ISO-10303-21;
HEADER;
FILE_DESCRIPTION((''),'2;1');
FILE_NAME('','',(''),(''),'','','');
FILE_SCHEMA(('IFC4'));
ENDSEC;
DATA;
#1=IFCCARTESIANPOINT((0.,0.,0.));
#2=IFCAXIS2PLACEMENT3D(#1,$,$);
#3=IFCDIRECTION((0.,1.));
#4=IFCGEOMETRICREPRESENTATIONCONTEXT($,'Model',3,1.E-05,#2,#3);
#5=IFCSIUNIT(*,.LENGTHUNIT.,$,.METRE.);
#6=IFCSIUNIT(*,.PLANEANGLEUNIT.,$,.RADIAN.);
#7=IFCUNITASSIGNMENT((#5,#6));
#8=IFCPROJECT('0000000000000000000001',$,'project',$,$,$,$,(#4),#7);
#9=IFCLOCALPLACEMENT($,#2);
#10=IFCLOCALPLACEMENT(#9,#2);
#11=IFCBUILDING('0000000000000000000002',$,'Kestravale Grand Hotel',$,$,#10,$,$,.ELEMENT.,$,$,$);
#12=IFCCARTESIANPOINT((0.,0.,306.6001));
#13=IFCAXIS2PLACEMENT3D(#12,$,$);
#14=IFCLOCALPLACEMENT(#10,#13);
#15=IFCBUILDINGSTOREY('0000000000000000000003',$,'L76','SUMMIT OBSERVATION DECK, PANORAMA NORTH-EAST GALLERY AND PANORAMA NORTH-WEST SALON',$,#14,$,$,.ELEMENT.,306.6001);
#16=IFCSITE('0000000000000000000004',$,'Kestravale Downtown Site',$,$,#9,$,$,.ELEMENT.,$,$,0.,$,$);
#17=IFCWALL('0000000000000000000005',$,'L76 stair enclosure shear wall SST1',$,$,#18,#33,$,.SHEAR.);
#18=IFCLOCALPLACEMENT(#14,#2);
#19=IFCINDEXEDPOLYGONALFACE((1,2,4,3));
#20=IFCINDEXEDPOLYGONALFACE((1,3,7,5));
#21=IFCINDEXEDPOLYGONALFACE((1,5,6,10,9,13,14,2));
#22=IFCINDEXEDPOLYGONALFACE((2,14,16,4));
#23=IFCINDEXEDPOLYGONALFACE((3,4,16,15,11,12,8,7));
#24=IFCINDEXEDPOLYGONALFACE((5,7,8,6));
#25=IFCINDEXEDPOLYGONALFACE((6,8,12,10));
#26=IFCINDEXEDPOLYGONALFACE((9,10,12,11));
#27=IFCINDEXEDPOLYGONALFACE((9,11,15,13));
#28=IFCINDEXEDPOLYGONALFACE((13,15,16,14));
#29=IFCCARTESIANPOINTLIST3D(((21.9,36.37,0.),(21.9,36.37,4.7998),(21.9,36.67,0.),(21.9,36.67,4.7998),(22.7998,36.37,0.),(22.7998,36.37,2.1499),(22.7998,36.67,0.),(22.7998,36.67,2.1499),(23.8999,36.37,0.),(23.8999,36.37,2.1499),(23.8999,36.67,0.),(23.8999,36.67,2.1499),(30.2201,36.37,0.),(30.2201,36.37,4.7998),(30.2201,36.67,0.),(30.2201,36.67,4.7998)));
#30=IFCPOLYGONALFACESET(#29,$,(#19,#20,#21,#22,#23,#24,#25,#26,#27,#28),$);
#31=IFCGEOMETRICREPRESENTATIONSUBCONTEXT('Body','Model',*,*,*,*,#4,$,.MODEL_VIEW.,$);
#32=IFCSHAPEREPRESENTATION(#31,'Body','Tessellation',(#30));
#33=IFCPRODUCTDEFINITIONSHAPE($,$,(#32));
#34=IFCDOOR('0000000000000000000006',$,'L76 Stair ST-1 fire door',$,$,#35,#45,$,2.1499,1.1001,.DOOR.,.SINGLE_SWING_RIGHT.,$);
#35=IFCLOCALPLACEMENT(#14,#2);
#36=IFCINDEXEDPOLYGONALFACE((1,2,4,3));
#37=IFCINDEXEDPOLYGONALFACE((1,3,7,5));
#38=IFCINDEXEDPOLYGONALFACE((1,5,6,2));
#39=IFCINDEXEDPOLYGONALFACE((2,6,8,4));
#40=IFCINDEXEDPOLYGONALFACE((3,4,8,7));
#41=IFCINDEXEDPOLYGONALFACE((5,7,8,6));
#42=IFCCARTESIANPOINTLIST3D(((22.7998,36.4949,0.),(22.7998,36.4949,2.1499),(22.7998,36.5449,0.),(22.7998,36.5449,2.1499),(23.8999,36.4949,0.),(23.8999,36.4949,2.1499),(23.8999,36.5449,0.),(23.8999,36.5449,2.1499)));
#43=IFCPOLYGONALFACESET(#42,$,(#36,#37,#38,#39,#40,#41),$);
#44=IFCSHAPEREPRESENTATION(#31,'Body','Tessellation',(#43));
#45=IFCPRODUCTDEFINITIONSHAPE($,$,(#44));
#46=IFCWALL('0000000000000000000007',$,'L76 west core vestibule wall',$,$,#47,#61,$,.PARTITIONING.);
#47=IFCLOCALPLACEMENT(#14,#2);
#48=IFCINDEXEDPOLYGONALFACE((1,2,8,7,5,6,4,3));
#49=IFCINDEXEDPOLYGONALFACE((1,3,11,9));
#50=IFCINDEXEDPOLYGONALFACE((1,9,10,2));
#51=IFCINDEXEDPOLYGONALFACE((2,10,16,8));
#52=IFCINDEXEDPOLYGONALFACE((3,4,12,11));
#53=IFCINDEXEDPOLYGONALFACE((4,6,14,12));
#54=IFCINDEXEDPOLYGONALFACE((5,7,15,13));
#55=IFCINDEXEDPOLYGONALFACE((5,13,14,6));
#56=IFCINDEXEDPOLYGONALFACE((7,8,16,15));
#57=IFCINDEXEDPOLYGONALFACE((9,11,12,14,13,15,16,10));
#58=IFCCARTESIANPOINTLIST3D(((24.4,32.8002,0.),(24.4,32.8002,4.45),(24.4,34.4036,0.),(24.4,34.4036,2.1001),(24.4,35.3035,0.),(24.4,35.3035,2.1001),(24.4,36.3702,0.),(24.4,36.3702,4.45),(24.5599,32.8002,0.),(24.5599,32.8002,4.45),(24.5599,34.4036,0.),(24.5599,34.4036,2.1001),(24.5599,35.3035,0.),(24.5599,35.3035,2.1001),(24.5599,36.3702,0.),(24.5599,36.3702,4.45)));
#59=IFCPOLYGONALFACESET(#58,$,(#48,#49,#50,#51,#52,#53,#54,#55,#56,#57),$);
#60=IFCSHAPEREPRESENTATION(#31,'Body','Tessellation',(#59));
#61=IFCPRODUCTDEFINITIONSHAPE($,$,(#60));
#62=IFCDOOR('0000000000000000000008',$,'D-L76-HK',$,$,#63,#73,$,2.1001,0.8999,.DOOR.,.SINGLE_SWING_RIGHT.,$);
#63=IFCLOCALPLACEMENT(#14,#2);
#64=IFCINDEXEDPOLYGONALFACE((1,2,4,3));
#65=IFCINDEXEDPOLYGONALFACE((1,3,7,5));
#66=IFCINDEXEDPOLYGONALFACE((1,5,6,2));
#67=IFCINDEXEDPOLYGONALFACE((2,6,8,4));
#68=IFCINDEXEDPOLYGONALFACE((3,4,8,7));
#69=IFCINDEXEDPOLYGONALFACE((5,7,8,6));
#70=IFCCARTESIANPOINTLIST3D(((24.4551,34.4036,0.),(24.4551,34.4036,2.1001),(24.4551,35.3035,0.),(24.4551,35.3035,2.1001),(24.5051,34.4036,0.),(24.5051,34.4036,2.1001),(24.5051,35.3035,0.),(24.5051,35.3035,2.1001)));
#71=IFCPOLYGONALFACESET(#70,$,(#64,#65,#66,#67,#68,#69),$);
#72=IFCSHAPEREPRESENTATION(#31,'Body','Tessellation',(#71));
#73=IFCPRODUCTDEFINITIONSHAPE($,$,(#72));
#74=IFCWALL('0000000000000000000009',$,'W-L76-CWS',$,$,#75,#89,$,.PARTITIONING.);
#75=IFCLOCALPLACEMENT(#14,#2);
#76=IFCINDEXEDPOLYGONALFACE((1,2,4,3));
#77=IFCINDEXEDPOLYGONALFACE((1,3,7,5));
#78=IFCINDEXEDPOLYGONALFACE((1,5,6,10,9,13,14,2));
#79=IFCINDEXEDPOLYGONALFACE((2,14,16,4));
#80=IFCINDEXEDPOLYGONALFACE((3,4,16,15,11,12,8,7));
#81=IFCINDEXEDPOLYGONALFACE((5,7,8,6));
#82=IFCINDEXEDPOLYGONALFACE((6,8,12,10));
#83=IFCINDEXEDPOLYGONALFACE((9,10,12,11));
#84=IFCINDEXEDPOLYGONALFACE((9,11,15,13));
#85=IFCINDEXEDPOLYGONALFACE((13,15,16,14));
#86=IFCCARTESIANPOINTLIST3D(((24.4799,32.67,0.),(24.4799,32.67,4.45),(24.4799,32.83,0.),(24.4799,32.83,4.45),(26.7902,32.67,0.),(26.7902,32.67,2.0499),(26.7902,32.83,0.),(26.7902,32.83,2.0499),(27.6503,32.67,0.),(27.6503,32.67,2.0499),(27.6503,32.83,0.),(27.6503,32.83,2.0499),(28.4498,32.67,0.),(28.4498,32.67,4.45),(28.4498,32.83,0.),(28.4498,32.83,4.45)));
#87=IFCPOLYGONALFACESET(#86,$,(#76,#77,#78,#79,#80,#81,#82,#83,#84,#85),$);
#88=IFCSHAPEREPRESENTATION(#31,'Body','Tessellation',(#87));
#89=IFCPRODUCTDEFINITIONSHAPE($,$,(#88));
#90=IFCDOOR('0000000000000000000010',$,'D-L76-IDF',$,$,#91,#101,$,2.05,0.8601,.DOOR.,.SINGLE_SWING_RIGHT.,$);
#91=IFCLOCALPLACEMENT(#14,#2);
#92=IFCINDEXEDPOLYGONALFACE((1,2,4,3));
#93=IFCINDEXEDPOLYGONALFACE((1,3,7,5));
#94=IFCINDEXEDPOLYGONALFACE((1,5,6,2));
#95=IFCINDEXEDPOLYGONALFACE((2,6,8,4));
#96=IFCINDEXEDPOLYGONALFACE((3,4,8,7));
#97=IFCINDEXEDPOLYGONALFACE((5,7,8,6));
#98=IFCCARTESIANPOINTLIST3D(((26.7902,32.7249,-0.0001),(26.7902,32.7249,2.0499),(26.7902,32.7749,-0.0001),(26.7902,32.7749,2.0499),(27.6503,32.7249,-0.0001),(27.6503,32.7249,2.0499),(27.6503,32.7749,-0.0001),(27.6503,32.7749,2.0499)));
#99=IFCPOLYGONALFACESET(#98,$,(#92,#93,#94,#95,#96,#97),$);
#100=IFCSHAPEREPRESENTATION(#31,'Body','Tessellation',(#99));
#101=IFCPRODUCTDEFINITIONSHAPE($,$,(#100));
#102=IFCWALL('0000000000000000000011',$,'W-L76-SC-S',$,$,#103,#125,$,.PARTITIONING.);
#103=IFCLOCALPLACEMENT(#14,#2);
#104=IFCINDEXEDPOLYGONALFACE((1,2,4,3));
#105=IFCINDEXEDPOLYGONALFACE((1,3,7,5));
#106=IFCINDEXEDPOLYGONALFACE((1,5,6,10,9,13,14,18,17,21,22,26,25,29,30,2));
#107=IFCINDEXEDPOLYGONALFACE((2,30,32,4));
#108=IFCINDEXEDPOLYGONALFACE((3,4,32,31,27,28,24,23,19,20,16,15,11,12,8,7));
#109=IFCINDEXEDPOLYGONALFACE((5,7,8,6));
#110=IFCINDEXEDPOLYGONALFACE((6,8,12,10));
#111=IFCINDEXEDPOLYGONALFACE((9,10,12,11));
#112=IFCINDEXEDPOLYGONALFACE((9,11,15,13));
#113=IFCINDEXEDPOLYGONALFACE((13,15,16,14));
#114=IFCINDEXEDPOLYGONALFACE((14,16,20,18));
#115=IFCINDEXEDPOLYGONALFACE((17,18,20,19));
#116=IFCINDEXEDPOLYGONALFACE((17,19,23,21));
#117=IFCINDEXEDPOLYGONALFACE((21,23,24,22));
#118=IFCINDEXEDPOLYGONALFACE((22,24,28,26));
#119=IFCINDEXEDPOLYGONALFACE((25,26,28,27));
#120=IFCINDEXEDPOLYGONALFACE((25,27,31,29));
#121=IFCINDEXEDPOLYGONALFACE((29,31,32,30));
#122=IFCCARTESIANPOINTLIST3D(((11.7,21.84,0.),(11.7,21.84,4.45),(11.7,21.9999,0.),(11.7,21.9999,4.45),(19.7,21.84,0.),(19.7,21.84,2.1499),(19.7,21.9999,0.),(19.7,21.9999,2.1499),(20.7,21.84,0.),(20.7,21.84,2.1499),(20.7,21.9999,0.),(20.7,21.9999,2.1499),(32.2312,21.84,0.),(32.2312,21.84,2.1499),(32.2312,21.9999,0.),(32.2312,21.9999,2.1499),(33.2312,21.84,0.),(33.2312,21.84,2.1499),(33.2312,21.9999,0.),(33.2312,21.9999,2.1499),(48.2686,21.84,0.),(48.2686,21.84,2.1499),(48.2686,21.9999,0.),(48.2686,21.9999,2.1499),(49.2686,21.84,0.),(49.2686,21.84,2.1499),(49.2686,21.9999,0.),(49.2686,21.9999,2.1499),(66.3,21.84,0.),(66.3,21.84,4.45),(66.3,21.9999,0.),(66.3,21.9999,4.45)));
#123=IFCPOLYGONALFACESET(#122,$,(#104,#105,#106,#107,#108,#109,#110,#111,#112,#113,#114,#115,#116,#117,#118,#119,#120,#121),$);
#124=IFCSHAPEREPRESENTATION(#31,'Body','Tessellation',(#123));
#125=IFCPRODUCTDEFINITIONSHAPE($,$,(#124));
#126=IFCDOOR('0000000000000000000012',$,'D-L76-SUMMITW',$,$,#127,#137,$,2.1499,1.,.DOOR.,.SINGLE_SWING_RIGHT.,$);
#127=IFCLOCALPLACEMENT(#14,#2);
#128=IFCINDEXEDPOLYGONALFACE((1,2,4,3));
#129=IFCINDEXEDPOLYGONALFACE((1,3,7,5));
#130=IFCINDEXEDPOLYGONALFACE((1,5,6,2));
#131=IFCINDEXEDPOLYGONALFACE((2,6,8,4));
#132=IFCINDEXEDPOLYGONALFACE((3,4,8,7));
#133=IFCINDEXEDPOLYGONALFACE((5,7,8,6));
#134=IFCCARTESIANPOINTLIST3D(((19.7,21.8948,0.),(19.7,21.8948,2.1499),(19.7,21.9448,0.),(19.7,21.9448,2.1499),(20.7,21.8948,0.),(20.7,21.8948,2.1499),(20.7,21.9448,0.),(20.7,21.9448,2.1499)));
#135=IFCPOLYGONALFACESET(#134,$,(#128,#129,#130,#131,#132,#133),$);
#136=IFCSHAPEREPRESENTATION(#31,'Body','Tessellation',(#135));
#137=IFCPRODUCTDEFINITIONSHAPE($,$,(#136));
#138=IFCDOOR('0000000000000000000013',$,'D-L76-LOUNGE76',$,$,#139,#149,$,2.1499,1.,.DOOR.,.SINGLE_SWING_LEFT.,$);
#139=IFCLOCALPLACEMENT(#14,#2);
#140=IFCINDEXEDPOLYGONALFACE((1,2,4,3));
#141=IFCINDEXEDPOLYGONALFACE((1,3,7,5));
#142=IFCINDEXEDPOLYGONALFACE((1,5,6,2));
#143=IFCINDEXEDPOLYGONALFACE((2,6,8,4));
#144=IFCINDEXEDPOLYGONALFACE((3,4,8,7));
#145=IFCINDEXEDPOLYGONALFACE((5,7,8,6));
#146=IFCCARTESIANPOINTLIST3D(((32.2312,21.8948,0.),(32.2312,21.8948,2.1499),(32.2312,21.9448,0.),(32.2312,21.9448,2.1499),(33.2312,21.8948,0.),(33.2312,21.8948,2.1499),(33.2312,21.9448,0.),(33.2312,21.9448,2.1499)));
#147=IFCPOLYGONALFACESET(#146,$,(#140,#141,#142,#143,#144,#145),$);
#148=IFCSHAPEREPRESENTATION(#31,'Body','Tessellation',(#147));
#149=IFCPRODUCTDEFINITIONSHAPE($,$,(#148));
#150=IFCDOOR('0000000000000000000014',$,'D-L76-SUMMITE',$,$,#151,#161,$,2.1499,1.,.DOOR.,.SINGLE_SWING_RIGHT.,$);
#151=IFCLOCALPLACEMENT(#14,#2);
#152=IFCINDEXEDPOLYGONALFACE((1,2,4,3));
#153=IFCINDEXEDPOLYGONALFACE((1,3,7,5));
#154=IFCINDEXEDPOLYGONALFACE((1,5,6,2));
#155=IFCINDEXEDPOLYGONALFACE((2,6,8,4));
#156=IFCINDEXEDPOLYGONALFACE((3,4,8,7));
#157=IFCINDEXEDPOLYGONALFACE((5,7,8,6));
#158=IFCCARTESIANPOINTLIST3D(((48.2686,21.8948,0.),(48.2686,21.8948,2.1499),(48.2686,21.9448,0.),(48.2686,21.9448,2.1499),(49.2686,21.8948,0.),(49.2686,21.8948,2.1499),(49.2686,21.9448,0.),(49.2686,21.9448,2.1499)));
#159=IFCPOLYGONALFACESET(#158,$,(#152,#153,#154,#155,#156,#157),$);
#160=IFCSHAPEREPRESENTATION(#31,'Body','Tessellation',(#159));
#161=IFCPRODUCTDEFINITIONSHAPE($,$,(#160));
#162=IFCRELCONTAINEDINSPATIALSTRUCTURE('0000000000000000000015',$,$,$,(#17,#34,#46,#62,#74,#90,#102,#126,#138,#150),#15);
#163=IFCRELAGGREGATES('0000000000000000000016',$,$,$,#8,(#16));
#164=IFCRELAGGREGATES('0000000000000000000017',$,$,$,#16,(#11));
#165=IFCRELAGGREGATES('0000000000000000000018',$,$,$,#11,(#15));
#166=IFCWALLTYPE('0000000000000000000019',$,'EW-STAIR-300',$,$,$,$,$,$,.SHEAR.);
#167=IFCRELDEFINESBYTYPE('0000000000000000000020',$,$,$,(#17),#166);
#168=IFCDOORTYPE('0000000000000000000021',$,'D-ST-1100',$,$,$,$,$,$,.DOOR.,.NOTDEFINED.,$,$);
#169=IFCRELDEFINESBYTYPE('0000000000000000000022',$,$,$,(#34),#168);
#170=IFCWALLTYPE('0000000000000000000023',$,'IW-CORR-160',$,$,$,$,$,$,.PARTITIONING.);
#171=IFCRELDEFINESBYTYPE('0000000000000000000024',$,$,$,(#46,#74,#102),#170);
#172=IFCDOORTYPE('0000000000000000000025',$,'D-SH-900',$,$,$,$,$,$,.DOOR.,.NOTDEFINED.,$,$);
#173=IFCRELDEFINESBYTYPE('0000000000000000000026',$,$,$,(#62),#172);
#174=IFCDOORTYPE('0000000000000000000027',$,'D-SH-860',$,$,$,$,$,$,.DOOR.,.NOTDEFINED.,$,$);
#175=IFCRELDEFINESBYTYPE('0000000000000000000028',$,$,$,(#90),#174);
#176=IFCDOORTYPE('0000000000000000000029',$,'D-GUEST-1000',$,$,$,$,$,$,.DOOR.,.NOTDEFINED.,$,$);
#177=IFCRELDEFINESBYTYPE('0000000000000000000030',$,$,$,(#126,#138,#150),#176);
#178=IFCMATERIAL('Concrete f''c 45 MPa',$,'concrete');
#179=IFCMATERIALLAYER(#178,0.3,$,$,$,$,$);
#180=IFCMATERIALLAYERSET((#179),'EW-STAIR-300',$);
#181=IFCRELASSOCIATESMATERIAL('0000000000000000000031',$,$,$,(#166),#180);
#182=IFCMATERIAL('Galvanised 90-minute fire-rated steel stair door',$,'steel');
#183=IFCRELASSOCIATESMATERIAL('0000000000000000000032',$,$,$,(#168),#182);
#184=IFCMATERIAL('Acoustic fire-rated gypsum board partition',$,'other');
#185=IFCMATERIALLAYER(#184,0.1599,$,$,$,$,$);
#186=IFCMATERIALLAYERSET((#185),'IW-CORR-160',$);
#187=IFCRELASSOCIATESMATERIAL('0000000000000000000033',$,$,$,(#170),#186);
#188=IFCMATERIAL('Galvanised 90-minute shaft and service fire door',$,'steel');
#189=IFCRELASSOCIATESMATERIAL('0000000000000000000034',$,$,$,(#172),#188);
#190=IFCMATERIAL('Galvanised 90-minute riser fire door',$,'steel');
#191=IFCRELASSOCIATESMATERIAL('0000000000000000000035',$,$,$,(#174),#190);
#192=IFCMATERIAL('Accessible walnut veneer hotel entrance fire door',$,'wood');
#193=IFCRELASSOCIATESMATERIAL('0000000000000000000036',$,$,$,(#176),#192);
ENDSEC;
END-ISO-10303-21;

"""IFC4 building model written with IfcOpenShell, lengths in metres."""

from ifc_helpers import new_model, si_unit, direction, frame, frame_2d, origin, place, context, subcontext, project, spatial, rectangle, extrude, material, layer, layer_set, type_object, element, fill, save


model = new_model("IFC4")

# Units and contexts
model_context = context("Model", 3, precision=1e-05, world=origin(), true_north=direction((0.0, 1.0)))
body_context = subcontext(model_context, "Body", "Model", "MODEL_VIEW")
ifc_project = project(units=[si_unit("LENGTHUNIT", "METRE"), si_unit("PLANEANGLEUNIT", "RADIAN")], contexts=[model_context])

# Site, building, storey
site_placement = place(None, origin())
site = spatial("IfcSite", under=ifc_project, at=site_placement, Name="Kestravale Downtown Site", CompositionType="ELEMENT", RefElevation=0.0)
building_placement = place(site_placement, origin())
building = spatial("IfcBuilding", under=site, at=building_placement, Name="Kestravale Grand Hotel", CompositionType="ELEMENT")
storey_placement = place(building_placement, frame((0.0, 0.0, 306.6001)))
storey = spatial("IfcBuildingStorey", under=building, at=storey_placement, Name="L76", Description="SUMMIT OBSERVATION DECK, PANORAMA NORTH-EAST GALLERY AND PANORAMA NORTH-WEST SALON", CompositionType="ELEMENT", Elevation=306.6001)

# Walls, openings, doors
ifc_material_1 = material(Name="Concrete f'c 45 MPa", Category="concrete")
ifc_layer_1 = layer(ifc_material_1, 0.3)
ifc_layer_set_1 = layer_set([ifc_layer_1], Name="EW-STAIR-300")
wall_type_1 = type_object("IfcWallType", Name="EW-STAIR-300", PredefinedType="SHEAR", material=ifc_layer_set_1)
wall_1_placement = place(storey_placement, frame((21.8999, 36.52, 0.0), z_axis=(0.0, 0.0, 1.0), x_axis=(1.0, 0.0, 0.0)))
wall_1 = element("IfcWall", 1, at=wall_1_placement, inside=storey, type_object=wall_type_1, Name="L76 stair enclosure shear wall SST1", PredefinedType="SHEAR", context=body_context, shape_type="SweptSolid", body=[
    extrude(rectangle(XDim=8.3201, YDim=0.3, at=frame_2d((4.1602, 0.0))), origin(), (0.0, 0.0, 1.0), 4.7998),
])
opening_1_placement = place(wall_1_placement, frame((0.8999, 0.0, 0.0)))
opening_1 = element("IfcOpeningElement", 2, at=opening_1_placement, cuts=wall_1, PredefinedType="OPENING", context=body_context, shape_type="SweptSolid", body=[
    extrude(rectangle(XDim=1.1001, YDim=2.1499, at=frame_2d((0.55, 1.075))), frame((0.0, 0.1599, 0.0), z_axis=(0.0, -1.0, 0.0), x_axis=(1.0, 0.0, 0.0)), (0.0, 0.0, 1.0), 0.3201),
])
ifc_material_2 = material(Name="Galvanised 90-minute fire-rated steel stair door", Category="steel")
door_type_1 = type_object("IfcDoorType", Name="D-ST-1100", OperationType="NOTDEFINED", PredefinedType="DOOR", material=ifc_material_2)
door_1_placement = place(opening_1_placement, origin())
door_1 = element("IfcDoor", 3, at=door_1_placement, inside=storey, type_object=door_type_1, Name="L76 Stair ST-1 fire door", OperationType="SINGLE_SWING_RIGHT", OverallHeight=2.1499, OverallWidth=1.1001, PredefinedType="DOOR", context=body_context, shape_type="SweptSolid", body=[
    extrude(rectangle(XDim=1.1001, YDim=2.1499, at=frame_2d((0.55, 1.075))), frame((0.0, 0.0249, 0.0), z_axis=(0.0, -1.0, 0.0), x_axis=(1.0, 0.0, 0.0)), (0.0, 0.0, 1.0), 0.05),
])
fill(opening_1, door_1)
ifc_material_3 = material(Name="Acoustic fire-rated gypsum board partition", Category="other")
ifc_layer_2 = layer(ifc_material_3, 0.1599)
ifc_layer_set_2 = layer_set([ifc_layer_2], Name="IW-CORR-160")
wall_type_2 = type_object("IfcWallType", Name="IW-CORR-160", PredefinedType="PARTITIONING", material=ifc_layer_set_2)
wall_2_placement = place(storey_placement, frame((24.48, 32.8, 0.0), z_axis=(0.0, 0.0, 1.0), x_axis=(0.0, 1.0, 0.0)))
wall_2 = element("IfcWall", 4, at=wall_2_placement, inside=storey, type_object=wall_type_2, Name="L76 west core vestibule wall", PredefinedType="PARTITIONING", context=body_context, shape_type="SweptSolid", body=[
    extrude(rectangle(XDim=3.5701, YDim=0.1599, at=frame_2d((1.7852, 0.0))), origin(), (0.0, 0.0, 1.0), 4.45),
])
opening_2_placement = place(wall_2_placement, frame((1.6035, 0.0, 0.0)))
opening_2 = element("IfcOpeningElement", 5, at=opening_2_placement, cuts=wall_2, PredefinedType="OPENING", context=body_context, shape_type="SweptSolid", body=[
    extrude(rectangle(XDim=0.8999, YDim=2.1001, at=frame_2d((0.45, 1.05))), frame((0.0, 0.0898, 0.0), z_axis=(0.0, -1.0, 0.0), x_axis=(1.0, 0.0, 0.0)), (0.0, 0.0, 1.0), 0.1799),
])
ifc_material_4 = material(Name="Galvanised 90-minute shaft and service fire door", Category="steel")
door_type_2 = type_object("IfcDoorType", Name="D-SH-900", OperationType="NOTDEFINED", PredefinedType="DOOR", material=ifc_material_4)
door_2_placement = place(opening_2_placement, origin())
door_2 = element("IfcDoor", 6, at=door_2_placement, inside=storey, type_object=door_type_2, Name="D-L76-HK", OperationType="SINGLE_SWING_RIGHT", OverallHeight=2.1001, OverallWidth=0.8999, PredefinedType="DOOR", context=body_context, shape_type="SweptSolid", body=[
    extrude(rectangle(XDim=0.8999, YDim=2.1001, at=frame_2d((0.45, 1.05))), frame((0.0, 0.0249, 0.0), z_axis=(0.0, -1.0, 0.0), x_axis=(1.0, 0.0, 0.0)), (0.0, 0.0, 1.0), 0.05),
])
fill(opening_2, door_2)
wall_3_placement = place(storey_placement, frame((24.48, 32.75, 0.0), z_axis=(0.0, 0.0, 1.0), x_axis=(1.0, 0.0, 0.0)))
wall_3 = element("IfcWall", 7, at=wall_3_placement, inside=storey, type_object=wall_type_2, Name="W-L76-CWS", PredefinedType="PARTITIONING", context=body_context, shape_type="SweptSolid", body=[
    extrude(rectangle(XDim=3.97, YDim=0.1599, at=frame_2d((1.9849, 0.0))), origin(), (0.0, 0.0, 1.0), 4.45),
])
opening_3_placement = place(wall_3_placement, frame((2.3101, 0.0, 0.0)))
opening_3 = element("IfcOpeningElement", 8, at=opening_3_placement, cuts=wall_3, PredefinedType="OPENING", context=body_context, shape_type="SweptSolid", body=[
    extrude(rectangle(XDim=0.8601, YDim=2.05, at=frame_2d((0.4302, 1.0249))), frame((0.0, 0.0898, 0.0), z_axis=(0.0, -1.0, 0.0), x_axis=(1.0, 0.0, 0.0)), (0.0, 0.0, 1.0), 0.1799),
])
ifc_material_5 = material(Name="Galvanised 90-minute riser fire door", Category="steel")
door_type_3 = type_object("IfcDoorType", Name="D-SH-860", OperationType="NOTDEFINED", PredefinedType="DOOR", material=ifc_material_5)
door_3_placement = place(opening_3_placement, origin())
door_3 = element("IfcDoor", 9, at=door_3_placement, inside=storey, type_object=door_type_3, Name="D-L76-IDF", OperationType="SINGLE_SWING_RIGHT", OverallHeight=2.05, OverallWidth=0.8601, PredefinedType="DOOR", context=body_context, shape_type="SweptSolid", body=[
    extrude(rectangle(XDim=0.8601, YDim=2.05, at=frame_2d((0.4302, 1.0249))), frame((0.0, 0.0249, 0.0), z_axis=(0.0, -1.0, 0.0), x_axis=(1.0, 0.0, 0.0)), (0.0, 0.0, 1.0), 0.05),
])
fill(opening_3, door_3)

# Wall, openings, doors
wall_4_placement = place(storey_placement, frame((11.7, 21.9199, 0.0), z_axis=(0.0, 0.0, 1.0), x_axis=(1.0, 0.0, 0.0)))
wall_4 = element("IfcWall", 10, at=wall_4_placement, inside=storey, type_object=wall_type_2, Name="W-L76-SC-S", PredefinedType="PARTITIONING", context=body_context, shape_type="SweptSolid", body=[
    extrude(rectangle(XDim=54.6001, YDim=0.1599, at=frame_2d((27.3, 0.0))), origin(), (0.0, 0.0, 1.0), 4.45),
])
opening_4_placement = place(wall_4_placement, frame((8.0, 0.0, 0.0)))
opening_4 = element("IfcOpeningElement", 11, at=opening_4_placement, cuts=wall_4, PredefinedType="OPENING", context=body_context, shape_type="SweptSolid", body=[
    extrude(rectangle(XDim=1.0, YDim=2.1499, at=frame_2d((0.5, 1.075))), frame((0.0, 0.0898, 0.0), z_axis=(0.0, -1.0, 0.0), x_axis=(1.0, 0.0, 0.0)), (0.0, 0.0, 1.0), 0.1799),
])
opening_5_placement = place(wall_4_placement, frame((20.5312, 0.0, 0.0)))
opening_5 = element("IfcOpeningElement", 12, at=opening_5_placement, cuts=wall_4, PredefinedType="OPENING", context=body_context, shape_type="SweptSolid", body=[
    extrude(rectangle(XDim=1.0, YDim=2.1499, at=frame_2d((0.5, 1.075))), frame((0.0, 0.0898, 0.0), z_axis=(0.0, -1.0, 0.0), x_axis=(1.0, 0.0, 0.0)), (0.0, 0.0, 1.0), 0.1799),
])
opening_6_placement = place(wall_4_placement, frame((36.5686, 0.0, 0.0)))
opening_6 = element("IfcOpeningElement", 13, at=opening_6_placement, cuts=wall_4, PredefinedType="OPENING", context=body_context, shape_type="SweptSolid", body=[
    extrude(rectangle(XDim=1.0, YDim=2.1499, at=frame_2d((0.5, 1.075))), frame((0.0, 0.0898, 0.0), z_axis=(0.0, -1.0, 0.0), x_axis=(1.0, 0.0, 0.0)), (0.0, 0.0, 1.0), 0.1799),
])
ifc_material_6 = material(Name="Accessible walnut veneer hotel entrance fire door", Category="wood")
door_type_4 = type_object("IfcDoorType", Name="D-GUEST-1000", OperationType="NOTDEFINED", PredefinedType="DOOR", material=ifc_material_6)
door_4_placement = place(opening_4_placement, origin())
door_4 = element("IfcDoor", 14, at=door_4_placement, inside=storey, type_object=door_type_4, Name="D-L76-SUMMITW", OperationType="SINGLE_SWING_RIGHT", OverallHeight=2.1499, OverallWidth=1.0, PredefinedType="DOOR", context=body_context, shape_type="SweptSolid", body=[
    extrude(rectangle(XDim=1.0, YDim=2.1499, at=frame_2d((0.5, 1.075))), frame((0.0, 0.0249, 0.0), z_axis=(0.0, -1.0, 0.0), x_axis=(1.0, 0.0, 0.0)), (0.0, 0.0, 1.0), 0.05),
])
fill(opening_4, door_4)
door_5_placement = place(opening_5_placement, origin())
door_5 = element("IfcDoor", 15, at=door_5_placement, inside=storey, type_object=door_type_4, Name="D-L76-LOUNGE76", OperationType="SINGLE_SWING_LEFT", OverallHeight=2.1499, OverallWidth=1.0, PredefinedType="DOOR", context=body_context, shape_type="SweptSolid", body=[
    extrude(rectangle(XDim=1.0, YDim=2.1499, at=frame_2d((0.5, 1.075))), frame((0.0, 0.0249, 0.0), z_axis=(0.0, -1.0, 0.0), x_axis=(1.0, 0.0, 0.0)), (0.0, 0.0, 1.0), 0.05),
])
fill(opening_5, door_5)
door_6_placement = place(opening_6_placement, origin())
door_6 = element("IfcDoor", 16, at=door_6_placement, inside=storey, type_object=door_type_4, Name="D-L76-SUMMITE", OperationType="SINGLE_SWING_RIGHT", OverallHeight=2.1499, OverallWidth=1.0, PredefinedType="DOOR", context=body_context, shape_type="SweptSolid", body=[
    extrude(rectangle(XDim=1.0, YDim=2.1499, at=frame_2d((0.5, 1.075))), frame((0.0, 0.0249, 0.0), z_axis=(0.0, -1.0, 0.0), x_axis=(1.0, 0.0, 0.0)), (0.0, 0.0, 1.0), 0.05),
])
fill(opening_6, door_6)

save(model, "model.ifc")
